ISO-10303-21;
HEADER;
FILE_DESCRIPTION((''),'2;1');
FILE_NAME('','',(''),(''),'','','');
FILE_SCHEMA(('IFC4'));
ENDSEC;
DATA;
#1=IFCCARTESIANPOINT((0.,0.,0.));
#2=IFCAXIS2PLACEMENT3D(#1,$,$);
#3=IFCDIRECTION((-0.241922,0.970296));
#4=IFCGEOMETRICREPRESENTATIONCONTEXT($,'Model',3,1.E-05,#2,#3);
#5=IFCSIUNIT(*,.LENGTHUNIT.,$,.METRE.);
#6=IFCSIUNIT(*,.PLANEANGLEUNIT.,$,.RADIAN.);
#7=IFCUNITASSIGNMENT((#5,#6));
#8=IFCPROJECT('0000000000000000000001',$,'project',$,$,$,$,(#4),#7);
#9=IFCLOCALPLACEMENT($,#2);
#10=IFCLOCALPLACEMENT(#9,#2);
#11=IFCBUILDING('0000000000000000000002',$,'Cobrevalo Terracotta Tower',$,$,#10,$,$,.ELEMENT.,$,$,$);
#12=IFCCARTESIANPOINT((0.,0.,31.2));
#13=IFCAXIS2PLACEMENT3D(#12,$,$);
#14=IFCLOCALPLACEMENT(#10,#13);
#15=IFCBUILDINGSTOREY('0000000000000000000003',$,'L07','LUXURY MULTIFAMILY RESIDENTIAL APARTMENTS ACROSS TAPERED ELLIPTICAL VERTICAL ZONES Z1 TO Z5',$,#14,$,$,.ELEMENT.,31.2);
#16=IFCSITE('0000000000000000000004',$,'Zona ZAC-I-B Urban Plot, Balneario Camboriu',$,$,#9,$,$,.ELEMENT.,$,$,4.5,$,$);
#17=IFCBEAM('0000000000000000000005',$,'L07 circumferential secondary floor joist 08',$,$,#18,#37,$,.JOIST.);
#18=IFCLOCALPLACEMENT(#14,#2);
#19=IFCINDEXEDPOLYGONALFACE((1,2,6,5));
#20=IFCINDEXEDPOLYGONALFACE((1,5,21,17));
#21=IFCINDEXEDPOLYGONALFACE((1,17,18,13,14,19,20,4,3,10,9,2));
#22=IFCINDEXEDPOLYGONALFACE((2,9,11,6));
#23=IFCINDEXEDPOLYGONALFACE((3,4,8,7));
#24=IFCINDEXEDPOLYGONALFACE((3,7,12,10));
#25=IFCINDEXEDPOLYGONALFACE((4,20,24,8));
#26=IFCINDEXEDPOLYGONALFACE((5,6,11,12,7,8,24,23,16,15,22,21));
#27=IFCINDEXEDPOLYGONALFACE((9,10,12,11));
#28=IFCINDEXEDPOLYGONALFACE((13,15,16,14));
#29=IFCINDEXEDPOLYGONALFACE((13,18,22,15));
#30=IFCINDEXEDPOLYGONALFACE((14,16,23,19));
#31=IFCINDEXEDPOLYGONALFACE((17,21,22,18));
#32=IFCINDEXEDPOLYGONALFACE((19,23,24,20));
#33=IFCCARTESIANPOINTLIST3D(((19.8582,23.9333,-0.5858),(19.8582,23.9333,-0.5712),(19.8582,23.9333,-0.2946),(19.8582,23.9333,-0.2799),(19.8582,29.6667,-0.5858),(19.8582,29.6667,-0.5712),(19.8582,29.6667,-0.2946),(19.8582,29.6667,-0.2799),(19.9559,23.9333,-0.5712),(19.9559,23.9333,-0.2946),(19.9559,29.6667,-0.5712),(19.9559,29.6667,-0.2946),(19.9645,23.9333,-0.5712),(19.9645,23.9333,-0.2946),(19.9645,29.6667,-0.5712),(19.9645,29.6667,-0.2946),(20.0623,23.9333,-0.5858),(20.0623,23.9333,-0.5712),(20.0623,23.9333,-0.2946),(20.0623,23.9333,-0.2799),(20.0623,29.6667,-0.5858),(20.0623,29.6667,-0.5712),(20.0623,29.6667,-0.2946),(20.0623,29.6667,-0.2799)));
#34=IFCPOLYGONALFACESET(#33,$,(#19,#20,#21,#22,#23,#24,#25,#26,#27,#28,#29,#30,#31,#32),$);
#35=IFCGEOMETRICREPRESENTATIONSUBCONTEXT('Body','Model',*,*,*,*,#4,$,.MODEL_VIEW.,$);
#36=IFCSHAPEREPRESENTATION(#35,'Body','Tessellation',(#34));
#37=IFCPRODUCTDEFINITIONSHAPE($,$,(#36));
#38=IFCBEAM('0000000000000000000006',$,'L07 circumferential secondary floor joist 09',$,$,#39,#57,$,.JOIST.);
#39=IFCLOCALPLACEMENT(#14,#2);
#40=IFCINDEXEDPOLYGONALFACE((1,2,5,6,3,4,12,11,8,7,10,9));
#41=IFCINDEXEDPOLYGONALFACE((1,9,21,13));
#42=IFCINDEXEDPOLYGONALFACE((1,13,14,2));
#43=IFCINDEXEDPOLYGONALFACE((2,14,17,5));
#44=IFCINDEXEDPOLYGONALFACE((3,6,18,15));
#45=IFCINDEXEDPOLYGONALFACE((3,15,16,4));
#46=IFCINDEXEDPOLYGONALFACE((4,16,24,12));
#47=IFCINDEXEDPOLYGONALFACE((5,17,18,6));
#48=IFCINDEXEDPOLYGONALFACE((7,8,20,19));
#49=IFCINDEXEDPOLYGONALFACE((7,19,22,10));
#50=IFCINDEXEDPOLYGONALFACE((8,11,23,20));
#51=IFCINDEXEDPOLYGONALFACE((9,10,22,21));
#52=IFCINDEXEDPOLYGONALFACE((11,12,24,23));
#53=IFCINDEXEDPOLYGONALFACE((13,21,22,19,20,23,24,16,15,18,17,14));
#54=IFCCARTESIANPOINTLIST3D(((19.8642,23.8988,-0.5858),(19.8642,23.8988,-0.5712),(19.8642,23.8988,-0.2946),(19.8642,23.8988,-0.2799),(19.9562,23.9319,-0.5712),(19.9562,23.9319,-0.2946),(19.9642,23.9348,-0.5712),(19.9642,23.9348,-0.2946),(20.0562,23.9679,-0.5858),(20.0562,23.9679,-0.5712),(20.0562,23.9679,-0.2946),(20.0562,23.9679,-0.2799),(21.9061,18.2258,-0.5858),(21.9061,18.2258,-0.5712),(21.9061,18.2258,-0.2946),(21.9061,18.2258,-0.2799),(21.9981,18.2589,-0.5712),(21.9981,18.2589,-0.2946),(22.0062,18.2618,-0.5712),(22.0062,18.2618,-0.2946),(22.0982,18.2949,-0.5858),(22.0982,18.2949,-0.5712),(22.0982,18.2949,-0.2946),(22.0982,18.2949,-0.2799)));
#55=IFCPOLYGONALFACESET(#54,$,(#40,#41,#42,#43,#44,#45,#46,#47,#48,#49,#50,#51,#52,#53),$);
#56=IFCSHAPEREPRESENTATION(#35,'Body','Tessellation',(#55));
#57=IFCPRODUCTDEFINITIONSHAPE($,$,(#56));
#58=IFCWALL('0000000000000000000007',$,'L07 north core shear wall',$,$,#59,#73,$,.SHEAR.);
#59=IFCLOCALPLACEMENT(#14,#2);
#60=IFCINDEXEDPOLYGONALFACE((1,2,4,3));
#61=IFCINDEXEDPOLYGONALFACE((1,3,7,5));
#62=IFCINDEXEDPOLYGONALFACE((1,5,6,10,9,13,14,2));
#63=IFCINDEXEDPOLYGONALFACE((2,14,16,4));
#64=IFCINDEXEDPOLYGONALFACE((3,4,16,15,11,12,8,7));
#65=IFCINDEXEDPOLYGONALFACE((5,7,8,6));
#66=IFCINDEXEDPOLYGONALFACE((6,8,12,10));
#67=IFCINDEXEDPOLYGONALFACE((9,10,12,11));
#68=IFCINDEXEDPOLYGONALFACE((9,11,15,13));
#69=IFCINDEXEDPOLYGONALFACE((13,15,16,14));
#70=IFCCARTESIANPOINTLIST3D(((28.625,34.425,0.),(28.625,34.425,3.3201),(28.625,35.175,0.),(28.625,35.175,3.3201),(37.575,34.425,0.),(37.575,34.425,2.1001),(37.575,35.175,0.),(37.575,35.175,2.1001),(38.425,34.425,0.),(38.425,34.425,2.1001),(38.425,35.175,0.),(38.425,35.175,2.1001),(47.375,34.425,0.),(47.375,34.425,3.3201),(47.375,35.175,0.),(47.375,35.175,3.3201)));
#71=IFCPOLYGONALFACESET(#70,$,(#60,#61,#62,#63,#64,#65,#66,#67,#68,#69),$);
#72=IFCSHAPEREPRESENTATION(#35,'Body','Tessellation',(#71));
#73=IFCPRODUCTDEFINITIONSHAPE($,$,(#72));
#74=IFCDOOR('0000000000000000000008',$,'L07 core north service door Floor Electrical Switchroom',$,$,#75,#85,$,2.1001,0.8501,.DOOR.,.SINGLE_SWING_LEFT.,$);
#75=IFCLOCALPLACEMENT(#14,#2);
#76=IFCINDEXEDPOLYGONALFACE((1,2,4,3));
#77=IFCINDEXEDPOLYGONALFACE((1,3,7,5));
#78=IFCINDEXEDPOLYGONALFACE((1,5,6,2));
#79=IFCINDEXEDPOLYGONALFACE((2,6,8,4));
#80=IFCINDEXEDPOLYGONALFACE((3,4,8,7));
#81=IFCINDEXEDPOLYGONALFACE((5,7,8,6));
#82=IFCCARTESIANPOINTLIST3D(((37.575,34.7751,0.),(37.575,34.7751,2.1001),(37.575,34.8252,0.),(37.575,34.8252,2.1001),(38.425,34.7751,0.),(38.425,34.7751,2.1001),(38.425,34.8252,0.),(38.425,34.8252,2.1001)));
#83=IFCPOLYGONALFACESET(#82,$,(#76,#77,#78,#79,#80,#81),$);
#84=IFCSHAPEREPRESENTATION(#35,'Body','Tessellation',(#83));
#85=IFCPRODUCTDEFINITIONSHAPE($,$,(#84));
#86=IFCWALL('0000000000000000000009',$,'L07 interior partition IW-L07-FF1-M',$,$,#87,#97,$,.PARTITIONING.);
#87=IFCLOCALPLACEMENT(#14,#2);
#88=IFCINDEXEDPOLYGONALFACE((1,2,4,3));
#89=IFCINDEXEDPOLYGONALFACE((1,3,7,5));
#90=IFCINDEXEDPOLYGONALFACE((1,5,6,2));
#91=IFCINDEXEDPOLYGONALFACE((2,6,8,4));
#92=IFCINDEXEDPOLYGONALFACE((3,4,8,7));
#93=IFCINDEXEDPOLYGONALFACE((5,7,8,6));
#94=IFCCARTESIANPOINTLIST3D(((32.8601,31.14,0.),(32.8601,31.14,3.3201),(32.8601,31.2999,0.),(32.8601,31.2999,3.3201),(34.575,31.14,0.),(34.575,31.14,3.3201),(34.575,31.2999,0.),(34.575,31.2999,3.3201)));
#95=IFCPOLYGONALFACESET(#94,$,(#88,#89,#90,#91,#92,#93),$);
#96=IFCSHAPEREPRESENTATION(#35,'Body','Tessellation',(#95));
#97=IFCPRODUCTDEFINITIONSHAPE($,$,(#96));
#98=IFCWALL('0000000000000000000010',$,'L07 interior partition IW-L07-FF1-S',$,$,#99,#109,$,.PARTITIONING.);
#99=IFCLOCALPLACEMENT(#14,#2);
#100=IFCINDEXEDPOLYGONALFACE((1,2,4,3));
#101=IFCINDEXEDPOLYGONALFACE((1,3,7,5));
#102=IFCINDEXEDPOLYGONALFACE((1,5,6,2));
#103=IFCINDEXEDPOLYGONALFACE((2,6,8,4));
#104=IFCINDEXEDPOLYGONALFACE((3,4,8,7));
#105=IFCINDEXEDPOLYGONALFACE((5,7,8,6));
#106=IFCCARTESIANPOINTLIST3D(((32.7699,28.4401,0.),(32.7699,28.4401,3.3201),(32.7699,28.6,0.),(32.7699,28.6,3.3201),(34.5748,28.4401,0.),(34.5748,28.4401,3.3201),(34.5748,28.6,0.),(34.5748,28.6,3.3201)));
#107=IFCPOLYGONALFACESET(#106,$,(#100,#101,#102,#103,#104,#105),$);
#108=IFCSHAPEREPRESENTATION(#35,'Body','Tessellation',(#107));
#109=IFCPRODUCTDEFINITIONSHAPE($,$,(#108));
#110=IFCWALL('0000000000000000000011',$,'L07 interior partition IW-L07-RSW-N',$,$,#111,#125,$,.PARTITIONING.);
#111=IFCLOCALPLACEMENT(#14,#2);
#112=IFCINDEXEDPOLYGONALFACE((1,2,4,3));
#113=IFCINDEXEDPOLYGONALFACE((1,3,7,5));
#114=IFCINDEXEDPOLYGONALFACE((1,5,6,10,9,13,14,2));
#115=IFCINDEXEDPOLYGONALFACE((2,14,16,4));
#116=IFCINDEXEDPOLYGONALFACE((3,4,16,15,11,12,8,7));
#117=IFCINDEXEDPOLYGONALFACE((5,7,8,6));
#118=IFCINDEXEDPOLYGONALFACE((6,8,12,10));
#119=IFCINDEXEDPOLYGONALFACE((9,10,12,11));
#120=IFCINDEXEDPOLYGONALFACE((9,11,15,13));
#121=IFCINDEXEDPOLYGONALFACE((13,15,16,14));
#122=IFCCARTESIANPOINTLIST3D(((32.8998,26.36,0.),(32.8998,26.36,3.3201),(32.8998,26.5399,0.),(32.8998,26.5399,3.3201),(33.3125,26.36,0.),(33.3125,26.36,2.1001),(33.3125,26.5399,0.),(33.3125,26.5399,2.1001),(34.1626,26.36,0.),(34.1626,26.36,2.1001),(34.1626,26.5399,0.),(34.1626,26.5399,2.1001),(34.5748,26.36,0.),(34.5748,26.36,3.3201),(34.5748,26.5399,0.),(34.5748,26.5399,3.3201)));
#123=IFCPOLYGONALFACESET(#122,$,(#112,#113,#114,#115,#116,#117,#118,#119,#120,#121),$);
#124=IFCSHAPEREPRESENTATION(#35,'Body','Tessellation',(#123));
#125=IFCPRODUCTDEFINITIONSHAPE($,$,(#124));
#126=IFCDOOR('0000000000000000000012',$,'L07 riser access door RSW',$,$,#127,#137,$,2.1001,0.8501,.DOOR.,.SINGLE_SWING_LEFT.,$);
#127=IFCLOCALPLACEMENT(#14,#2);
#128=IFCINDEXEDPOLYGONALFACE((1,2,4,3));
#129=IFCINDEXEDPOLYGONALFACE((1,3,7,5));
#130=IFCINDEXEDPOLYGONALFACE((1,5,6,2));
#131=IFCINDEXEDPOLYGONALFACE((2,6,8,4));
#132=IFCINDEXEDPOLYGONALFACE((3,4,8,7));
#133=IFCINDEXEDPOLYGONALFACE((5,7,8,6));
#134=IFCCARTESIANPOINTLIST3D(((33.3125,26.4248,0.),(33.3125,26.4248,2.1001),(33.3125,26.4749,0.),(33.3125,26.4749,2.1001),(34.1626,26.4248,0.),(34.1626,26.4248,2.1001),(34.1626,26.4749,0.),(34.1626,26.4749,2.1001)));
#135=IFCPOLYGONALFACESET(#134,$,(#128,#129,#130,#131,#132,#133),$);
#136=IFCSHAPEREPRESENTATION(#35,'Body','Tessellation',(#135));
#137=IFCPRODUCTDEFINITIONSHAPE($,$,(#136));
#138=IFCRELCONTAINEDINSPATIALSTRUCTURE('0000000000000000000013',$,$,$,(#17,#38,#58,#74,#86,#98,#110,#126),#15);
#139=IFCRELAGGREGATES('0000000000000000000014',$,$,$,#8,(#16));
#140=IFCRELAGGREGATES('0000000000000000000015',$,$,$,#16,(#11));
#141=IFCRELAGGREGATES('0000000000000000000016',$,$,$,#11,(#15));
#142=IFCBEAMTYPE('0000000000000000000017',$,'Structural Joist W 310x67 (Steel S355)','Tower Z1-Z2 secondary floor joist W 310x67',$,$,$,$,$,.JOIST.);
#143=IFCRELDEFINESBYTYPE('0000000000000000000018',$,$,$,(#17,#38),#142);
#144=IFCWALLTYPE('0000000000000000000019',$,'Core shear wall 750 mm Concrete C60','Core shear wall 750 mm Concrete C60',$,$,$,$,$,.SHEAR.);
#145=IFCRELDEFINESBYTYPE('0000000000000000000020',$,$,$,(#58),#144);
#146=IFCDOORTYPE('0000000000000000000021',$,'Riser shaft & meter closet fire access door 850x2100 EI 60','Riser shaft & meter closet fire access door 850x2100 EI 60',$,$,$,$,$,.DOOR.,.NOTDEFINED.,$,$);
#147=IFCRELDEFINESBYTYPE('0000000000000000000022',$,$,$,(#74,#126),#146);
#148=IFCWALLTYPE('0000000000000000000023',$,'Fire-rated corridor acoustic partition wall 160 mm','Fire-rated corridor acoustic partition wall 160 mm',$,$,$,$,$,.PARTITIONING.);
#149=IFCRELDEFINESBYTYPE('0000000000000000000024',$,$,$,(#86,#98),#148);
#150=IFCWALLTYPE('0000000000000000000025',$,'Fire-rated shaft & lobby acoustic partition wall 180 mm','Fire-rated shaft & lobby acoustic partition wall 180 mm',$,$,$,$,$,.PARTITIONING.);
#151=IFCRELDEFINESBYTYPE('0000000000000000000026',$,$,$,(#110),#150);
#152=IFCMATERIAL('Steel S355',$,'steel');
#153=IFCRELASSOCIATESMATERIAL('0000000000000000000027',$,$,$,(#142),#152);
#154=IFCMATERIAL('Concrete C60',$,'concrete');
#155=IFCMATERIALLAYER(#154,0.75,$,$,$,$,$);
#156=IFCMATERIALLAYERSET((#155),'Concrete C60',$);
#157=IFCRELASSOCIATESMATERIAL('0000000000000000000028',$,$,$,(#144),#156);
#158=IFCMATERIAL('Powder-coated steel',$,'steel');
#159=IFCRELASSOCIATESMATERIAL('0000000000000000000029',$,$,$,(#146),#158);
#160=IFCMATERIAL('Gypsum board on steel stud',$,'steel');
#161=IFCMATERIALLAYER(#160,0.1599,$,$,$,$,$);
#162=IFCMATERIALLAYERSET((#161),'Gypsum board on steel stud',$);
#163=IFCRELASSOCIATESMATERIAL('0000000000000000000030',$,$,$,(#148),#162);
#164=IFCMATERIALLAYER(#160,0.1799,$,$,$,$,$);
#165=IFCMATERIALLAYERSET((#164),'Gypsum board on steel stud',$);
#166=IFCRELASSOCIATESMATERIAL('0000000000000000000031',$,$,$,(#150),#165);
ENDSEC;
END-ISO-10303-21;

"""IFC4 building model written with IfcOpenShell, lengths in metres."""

from ifc_helpers import new_model, si_unit, direction, frame, frame_2d, origin, origin_2d, place, context, subcontext, project, spatial, rectangle, i_section, extrude, source, transform, mapped, material, layer, layer_set, material_profile, profile_set, type_object, element, fill, save


model = new_model("IFC4")

# Units and contexts
model_context = context("Model", 3, precision=1e-05, world=origin(), true_north=direction((-0.241922, 0.970296)))
body_context = subcontext(model_context, "Body", "Model", "MODEL_VIEW")
ifc_project = project(units=[si_unit("LENGTHUNIT", "METRE"), si_unit("PLANEANGLEUNIT", "RADIAN")], contexts=[model_context])

# Site, building, storey
site_placement = place(None, origin())
site = spatial("IfcSite", under=ifc_project, at=site_placement, Name="Zona ZAC-I-B Urban Plot, Balneario Camboriu", CompositionType="ELEMENT", RefElevation=4.5)
building_placement = place(site_placement, origin())
building = spatial("IfcBuilding", under=site, at=building_placement, Name="Cobrevalo Terracotta Tower", CompositionType="ELEMENT")
storey_placement = place(building_placement, frame((0.0, 0.0, 31.2)))
storey = spatial("IfcBuildingStorey", under=building, at=storey_placement, Name="L07", Description="LUXURY MULTIFAMILY RESIDENTIAL APARTMENTS ACROSS TAPERED ELLIPTICAL VERTICAL ZONES Z1 TO Z5", CompositionType="ELEMENT", Elevation=31.2)

# Beams
ifc_material_1 = material(Name="Steel S355", Category="steel")
ifc_material_profile = material_profile(ifc_material_1, i_section(OverallWidth=0.2041, OverallDepth=0.3059, WebThickness=0.0085, FlangeThickness=0.0146, at=origin_2d()), Name="W 310x67")
ifc_profile_set = profile_set([ifc_material_profile], Name="Steel S355")
beam_type = type_object("IfcBeamType", Name="Structural Joist W 310x67 (Steel S355)", Description="Tower Z1-Z2 secondary floor joist W 310x67", PredefinedType="JOIST", material=ifc_profile_set)
beam_1_placement = place(storey_placement, frame((19.9602, 29.6667, -0.4329), z_axis=(0.0, -1.0, 0.0), x_axis=(1.0, 0.0, 0.0)))
element("IfcBeam", 1, at=beam_1_placement, inside=storey, type_object=beam_type, Name="L07 circumferential secondary floor joist 08", PredefinedType="JOIST", context=body_context, shape_type="SweptSolid", body=[
    extrude(i_section(OverallWidth=0.2041, OverallDepth=0.3059, WebThickness=0.0085, FlangeThickness=0.0146, at=origin_2d()), origin(), (0.0, 0.0, 1.0), 5.7334),
])
beam_2_placement = place(storey_placement, frame((19.9602, 23.9333, -0.4329), z_axis=(0.338672, -0.940904, 0.0), x_axis=(0.940904, 0.338672, 0.0)))
element("IfcBeam", 2, at=beam_2_placement, inside=storey, type_object=beam_type, Name="L07 circumferential secondary floor joist 09", PredefinedType="JOIST", context=body_context, shape_type="SweptSolid", body=[
    extrude(i_section(OverallWidth=0.2041, OverallDepth=0.3059, WebThickness=0.0085, FlangeThickness=0.0146, at=origin_2d()), origin(), (0.0, 0.0, 1.0), 6.0293),
])

# Wall, opening, door
ifc_material_2 = material(Name="Concrete C60", Category="concrete")
ifc_layer_1 = layer(ifc_material_2, 0.75)
ifc_layer_set_1 = layer_set([ifc_layer_1], Name="Concrete C60")
wall_type_1 = type_object("IfcWallType", Name="Core shear wall 750 mm Concrete C60", Description="Core shear wall 750 mm Concrete C60", PredefinedType="SHEAR", material=ifc_layer_set_1)
wall_1_placement = place(storey_placement, frame((28.625, 34.8, 0.0), z_axis=(0.0, 0.0, 1.0), x_axis=(1.0, 0.0, 0.0)))
wall_1 = element("IfcWall", 3, at=wall_1_placement, inside=storey, type_object=wall_type_1, Name="L07 north core shear wall", PredefinedType="SHEAR", context=body_context, shape_type="SweptSolid", body=[
    extrude(rectangle(XDim=18.75, YDim=0.75, at=frame_2d((9.375, 0.0))), origin(), (0.0, 0.0, 1.0), 3.3201),
])
opening_1_placement = place(wall_1_placement, frame((8.95, 0.0, 0.0)))
opening_1 = element("IfcOpeningElement", 4, at=opening_1_placement, cuts=wall_1, PredefinedType="OPENING", context=body_context, shape_type="SweptSolid", body=[
    extrude(rectangle(XDim=0.8501, YDim=2.1001, at=frame_2d((0.425, 1.05))), frame((0.0, 0.385, 0.0), z_axis=(0.0, -1.0, 0.0), x_axis=(1.0, 0.0, 0.0)), (0.0, 0.0, 1.0), 0.77),
])
ifc_material_3 = material(Name="Powder-coated steel", Category="steel")
door_type_1 = type_object("IfcDoorType", Name="Riser shaft & meter closet fire access door 850x2100 EI 60", Description="Riser shaft & meter closet fire access door 850x2100 EI 60", OperationType="NOTDEFINED", PredefinedType="DOOR", material=ifc_material_3)
shared_shape_1 = source(origin(), body_context, "Body", "SweptSolid", [
    extrude(rectangle(XDim=0.8501, YDim=2.1001, at=frame_2d((0.425, 1.05))), frame((0.0, 0.0249, 0.0), z_axis=(0.0, -1.0, 0.0), x_axis=(1.0, 0.0, 0.0)), (0.0, 0.0, 1.0), 0.05),
])
door_1_placement = place(opening_1_placement, frame((0.8501, 0.0, 0.0), z_axis=(0.0, 0.0, 1.0), x_axis=(-1.0, 0.0, 0.0)))
door_1 = element("IfcDoor", 5, at=door_1_placement, inside=storey, type_object=door_type_1, Name="L07 core north service door Floor Electrical Switchroom", OperationType="SINGLE_SWING_LEFT", OverallHeight=2.1001, OverallWidth=0.8501, PredefinedType="DOOR", context=body_context, shape_type="MappedRepresentation", body=[
    mapped(shared_shape_1, transform((0.0, 0.0, 0.0), scale=1.0)),
])
fill(opening_1, door_1)

# Walls
ifc_material_4 = material(Name="Gypsum board on steel stud", Category="steel")
ifc_layer_2 = layer(ifc_material_4, 0.1599)
ifc_layer_set_2 = layer_set([ifc_layer_2], Name="Gypsum board on steel stud")
wall_type_2 = type_object("IfcWallType", Name="Fire-rated corridor acoustic partition wall 160 mm", Description="Fire-rated corridor acoustic partition wall 160 mm", PredefinedType="PARTITIONING", material=ifc_layer_set_2)
wall_2_placement = place(storey_placement, frame((32.8601, 31.22, 0.0), z_axis=(0.0, 0.0, 1.0), x_axis=(1.0, 0.0, 0.0)))
element("IfcWall", 6, at=wall_2_placement, inside=storey, type_object=wall_type_2, Name="L07 interior partition IW-L07-FF1-M", PredefinedType="PARTITIONING", context=body_context, shape_type="SweptSolid", body=[
    extrude(rectangle(XDim=1.7148, YDim=0.1599, at=frame_2d((0.8574, 0.0))), origin(), (0.0, 0.0, 1.0), 3.3201),
])
wall_3_placement = place(storey_placement, frame((32.77, 28.52, 0.0), z_axis=(0.0, 0.0, 1.0), x_axis=(1.0, 0.0, 0.0)))
element("IfcWall", 7, at=wall_3_placement, inside=storey, type_object=wall_type_2, Name="L07 interior partition IW-L07-FF1-S", PredefinedType="PARTITIONING", context=body_context, shape_type="SweptSolid", body=[
    extrude(rectangle(XDim=1.8049, YDim=0.1599, at=frame_2d((0.9023, 0.0))), origin(), (0.0, 0.0, 1.0), 3.3201),
])

# Wall, opening, door
ifc_layer_3 = layer(ifc_material_4, 0.1799)
ifc_layer_set_3 = layer_set([ifc_layer_3], Name="Gypsum board on steel stud")
wall_type_3 = type_object("IfcWallType", Name="Fire-rated shaft & lobby acoustic partition wall 180 mm", Description="Fire-rated shaft & lobby acoustic partition wall 180 mm", PredefinedType="PARTITIONING", material=ifc_layer_set_3)
wall_4_placement = place(storey_placement, frame((32.8999, 26.45, 0.0), z_axis=(0.0, 0.0, 1.0), x_axis=(1.0, 0.0, 0.0)))
wall_4 = element("IfcWall", 8, at=wall_4_placement, inside=storey, type_object=wall_type_3, Name="L07 interior partition IW-L07-RSW-N", PredefinedType="PARTITIONING", context=body_context, shape_type="SweptSolid", body=[
    extrude(rectangle(XDim=1.675, YDim=0.1799, at=frame_2d((0.8374, 0.0))), origin(), (0.0, 0.0, 1.0), 3.3201),
])
opening_2_placement = place(wall_4_placement, frame((0.4126, 0.0, 0.0)))
opening_2 = element("IfcOpeningElement", 9, at=opening_2_placement, cuts=wall_4, PredefinedType="OPENING", context=body_context, shape_type="SweptSolid", body=[
    extrude(rectangle(XDim=0.8501, YDim=2.1001, at=frame_2d((0.425, 1.05))), frame((0.0, 0.1001, 0.0), z_axis=(0.0, -1.0, 0.0), x_axis=(1.0, 0.0, 0.0)), (0.0, 0.0, 1.0), 0.2),
])
door_2_placement = place(opening_2_placement, origin())
door_2 = element("IfcDoor", 10, at=door_2_placement, inside=storey, type_object=door_type_1, Name="L07 riser access door RSW", OperationType="SINGLE_SWING_LEFT", OverallHeight=2.1001, OverallWidth=0.8501, PredefinedType="DOOR", context=body_context, shape_type="MappedRepresentation", body=[
    mapped(shared_shape_1, transform((0.0, 0.0, 0.0), scale=1.0)),
])
fill(opening_2, door_2)

save(model, "model.ifc")
